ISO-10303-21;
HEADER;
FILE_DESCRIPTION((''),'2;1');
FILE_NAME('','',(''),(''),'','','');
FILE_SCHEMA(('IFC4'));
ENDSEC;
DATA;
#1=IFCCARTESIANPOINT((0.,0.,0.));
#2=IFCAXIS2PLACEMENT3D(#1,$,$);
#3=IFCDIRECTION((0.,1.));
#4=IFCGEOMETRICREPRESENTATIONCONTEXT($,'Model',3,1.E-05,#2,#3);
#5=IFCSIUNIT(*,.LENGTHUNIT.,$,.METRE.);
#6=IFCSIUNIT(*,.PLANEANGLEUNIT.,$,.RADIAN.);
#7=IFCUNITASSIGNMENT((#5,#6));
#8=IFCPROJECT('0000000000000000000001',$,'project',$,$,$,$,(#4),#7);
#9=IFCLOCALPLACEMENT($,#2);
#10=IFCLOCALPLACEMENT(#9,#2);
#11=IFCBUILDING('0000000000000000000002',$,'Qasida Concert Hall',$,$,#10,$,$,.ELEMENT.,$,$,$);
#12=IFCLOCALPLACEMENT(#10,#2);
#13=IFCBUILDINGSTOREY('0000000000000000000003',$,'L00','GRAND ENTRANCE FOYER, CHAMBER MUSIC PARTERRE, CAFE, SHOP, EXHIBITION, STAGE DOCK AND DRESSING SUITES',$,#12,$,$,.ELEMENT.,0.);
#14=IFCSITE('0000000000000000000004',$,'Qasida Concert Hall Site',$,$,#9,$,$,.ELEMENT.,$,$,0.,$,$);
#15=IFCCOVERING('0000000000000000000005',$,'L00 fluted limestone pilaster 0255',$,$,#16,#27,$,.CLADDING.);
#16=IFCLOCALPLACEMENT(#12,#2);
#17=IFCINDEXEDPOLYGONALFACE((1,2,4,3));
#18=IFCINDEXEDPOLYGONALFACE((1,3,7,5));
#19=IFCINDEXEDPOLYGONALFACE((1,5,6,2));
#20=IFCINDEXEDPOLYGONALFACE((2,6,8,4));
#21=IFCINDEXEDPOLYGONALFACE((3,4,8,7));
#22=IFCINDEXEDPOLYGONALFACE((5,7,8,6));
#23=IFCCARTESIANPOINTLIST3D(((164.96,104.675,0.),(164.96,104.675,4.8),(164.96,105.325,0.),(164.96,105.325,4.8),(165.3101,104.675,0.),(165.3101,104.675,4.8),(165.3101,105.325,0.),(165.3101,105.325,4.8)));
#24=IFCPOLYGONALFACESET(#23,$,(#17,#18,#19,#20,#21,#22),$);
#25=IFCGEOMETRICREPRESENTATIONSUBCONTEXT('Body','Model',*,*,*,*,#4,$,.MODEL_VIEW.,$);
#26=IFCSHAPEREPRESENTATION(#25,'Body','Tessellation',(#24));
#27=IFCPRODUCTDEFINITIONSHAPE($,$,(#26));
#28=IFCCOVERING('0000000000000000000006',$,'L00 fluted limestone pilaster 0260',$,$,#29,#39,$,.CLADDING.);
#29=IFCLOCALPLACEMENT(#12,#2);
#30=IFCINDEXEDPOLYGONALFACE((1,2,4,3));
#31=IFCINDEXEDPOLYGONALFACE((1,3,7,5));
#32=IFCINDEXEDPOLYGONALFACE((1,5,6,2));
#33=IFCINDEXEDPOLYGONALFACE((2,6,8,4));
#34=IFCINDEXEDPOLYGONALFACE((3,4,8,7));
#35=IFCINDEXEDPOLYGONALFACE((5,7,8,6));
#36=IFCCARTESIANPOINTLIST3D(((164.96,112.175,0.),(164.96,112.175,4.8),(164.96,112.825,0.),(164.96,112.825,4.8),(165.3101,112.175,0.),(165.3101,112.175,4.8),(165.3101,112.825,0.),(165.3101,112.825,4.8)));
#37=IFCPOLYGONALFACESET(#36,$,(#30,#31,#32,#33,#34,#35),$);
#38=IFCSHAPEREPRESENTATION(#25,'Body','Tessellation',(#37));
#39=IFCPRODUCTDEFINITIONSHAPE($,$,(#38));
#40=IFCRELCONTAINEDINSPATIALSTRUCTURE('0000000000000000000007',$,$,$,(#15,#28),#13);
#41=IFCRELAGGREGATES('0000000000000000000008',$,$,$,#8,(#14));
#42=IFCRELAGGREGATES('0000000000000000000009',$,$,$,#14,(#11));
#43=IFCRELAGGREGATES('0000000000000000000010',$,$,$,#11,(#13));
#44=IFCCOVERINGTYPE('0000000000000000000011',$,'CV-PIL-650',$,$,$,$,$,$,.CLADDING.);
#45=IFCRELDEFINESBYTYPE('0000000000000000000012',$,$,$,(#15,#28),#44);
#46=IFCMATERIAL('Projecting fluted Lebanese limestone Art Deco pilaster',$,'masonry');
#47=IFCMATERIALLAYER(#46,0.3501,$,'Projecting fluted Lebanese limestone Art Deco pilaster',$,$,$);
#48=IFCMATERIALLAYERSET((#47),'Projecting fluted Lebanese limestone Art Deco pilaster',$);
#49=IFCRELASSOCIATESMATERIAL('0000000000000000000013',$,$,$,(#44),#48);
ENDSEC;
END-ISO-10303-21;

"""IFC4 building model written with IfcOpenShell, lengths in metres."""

from ifc_helpers import new_model, si_unit, direction, frame, origin, origin_2d, place, context, subcontext, project, spatial, rectangle, extrude, material, layer, layer_set, type_object, element, save


model = new_model("IFC4")

# Units and contexts
model_context = context("Model", 3, precision=1e-05, world=origin(), true_north=direction((0.0, 1.0)))
body_context = subcontext(model_context, "Body", "Model", "MODEL_VIEW")
ifc_project = project(units=[si_unit("LENGTHUNIT", "METRE"), si_unit("PLANEANGLEUNIT", "RADIAN")], contexts=[model_context])

# Site, building, storey
site_placement = place(None, origin())
site = spatial("IfcSite", under=ifc_project, at=site_placement, Name="Qasida Concert Hall Site", CompositionType="ELEMENT", RefElevation=0.0)
building_placement = place(site_placement, origin())
building = spatial("IfcBuilding", under=site, at=building_placement, Name="Qasida Concert Hall", CompositionType="ELEMENT")
storey_placement = place(building_placement, origin())
storey = spatial("IfcBuildingStorey", under=building, at=storey_placement, Name="L00", Description="GRAND ENTRANCE FOYER, CHAMBER MUSIC PARTERRE, CAFE, SHOP, EXHIBITION, STAGE DOCK AND DRESSING SUITES", CompositionType="ELEMENT", Elevation=0.0)

# Coverings
ifc_material_1 = material(Name="Projecting fluted Lebanese limestone Art Deco pilaster", Category="masonry")
ifc_layer_1 = layer(ifc_material_1, 0.3501, Name="Projecting fluted Lebanese limestone Art Deco pilaster")
ifc_layer_set_1 = layer_set([ifc_layer_1], Name="Projecting fluted Lebanese limestone Art Deco pilaster")
covering_type = type_object("IfcCoveringType", Name="CV-PIL-650", PredefinedType="CLADDING", material=ifc_layer_set_1)
for number, where, z_axis, x_axis, name in (
    (1, (165.135, 105.0, 0.0), (0.0, 0.0, 1.0), (1.0, 0.0, 0.0), "L00 fluted limestone pilaster 0255"),
    (2, (165.135, 112.5, 0.0), (0.0, 0.0, 1.0), (1.0, 0.0, 0.0), "L00 fluted limestone pilaster 0260"),
):
    element("IfcCovering", number, at=place(storey_placement, frame(where, z_axis=z_axis, x_axis=x_axis)), inside=storey, type_object=covering_type, Name=name, PredefinedType="CLADDING", context=body_context, shape_type="SweptSolid", body=[
        extrude(rectangle(XDim=0.3501, YDim=0.6499, at=origin_2d()), origin(), (0.0, 0.0, 1.0), 4.8),
    ])

save(model, "model.ifc")
